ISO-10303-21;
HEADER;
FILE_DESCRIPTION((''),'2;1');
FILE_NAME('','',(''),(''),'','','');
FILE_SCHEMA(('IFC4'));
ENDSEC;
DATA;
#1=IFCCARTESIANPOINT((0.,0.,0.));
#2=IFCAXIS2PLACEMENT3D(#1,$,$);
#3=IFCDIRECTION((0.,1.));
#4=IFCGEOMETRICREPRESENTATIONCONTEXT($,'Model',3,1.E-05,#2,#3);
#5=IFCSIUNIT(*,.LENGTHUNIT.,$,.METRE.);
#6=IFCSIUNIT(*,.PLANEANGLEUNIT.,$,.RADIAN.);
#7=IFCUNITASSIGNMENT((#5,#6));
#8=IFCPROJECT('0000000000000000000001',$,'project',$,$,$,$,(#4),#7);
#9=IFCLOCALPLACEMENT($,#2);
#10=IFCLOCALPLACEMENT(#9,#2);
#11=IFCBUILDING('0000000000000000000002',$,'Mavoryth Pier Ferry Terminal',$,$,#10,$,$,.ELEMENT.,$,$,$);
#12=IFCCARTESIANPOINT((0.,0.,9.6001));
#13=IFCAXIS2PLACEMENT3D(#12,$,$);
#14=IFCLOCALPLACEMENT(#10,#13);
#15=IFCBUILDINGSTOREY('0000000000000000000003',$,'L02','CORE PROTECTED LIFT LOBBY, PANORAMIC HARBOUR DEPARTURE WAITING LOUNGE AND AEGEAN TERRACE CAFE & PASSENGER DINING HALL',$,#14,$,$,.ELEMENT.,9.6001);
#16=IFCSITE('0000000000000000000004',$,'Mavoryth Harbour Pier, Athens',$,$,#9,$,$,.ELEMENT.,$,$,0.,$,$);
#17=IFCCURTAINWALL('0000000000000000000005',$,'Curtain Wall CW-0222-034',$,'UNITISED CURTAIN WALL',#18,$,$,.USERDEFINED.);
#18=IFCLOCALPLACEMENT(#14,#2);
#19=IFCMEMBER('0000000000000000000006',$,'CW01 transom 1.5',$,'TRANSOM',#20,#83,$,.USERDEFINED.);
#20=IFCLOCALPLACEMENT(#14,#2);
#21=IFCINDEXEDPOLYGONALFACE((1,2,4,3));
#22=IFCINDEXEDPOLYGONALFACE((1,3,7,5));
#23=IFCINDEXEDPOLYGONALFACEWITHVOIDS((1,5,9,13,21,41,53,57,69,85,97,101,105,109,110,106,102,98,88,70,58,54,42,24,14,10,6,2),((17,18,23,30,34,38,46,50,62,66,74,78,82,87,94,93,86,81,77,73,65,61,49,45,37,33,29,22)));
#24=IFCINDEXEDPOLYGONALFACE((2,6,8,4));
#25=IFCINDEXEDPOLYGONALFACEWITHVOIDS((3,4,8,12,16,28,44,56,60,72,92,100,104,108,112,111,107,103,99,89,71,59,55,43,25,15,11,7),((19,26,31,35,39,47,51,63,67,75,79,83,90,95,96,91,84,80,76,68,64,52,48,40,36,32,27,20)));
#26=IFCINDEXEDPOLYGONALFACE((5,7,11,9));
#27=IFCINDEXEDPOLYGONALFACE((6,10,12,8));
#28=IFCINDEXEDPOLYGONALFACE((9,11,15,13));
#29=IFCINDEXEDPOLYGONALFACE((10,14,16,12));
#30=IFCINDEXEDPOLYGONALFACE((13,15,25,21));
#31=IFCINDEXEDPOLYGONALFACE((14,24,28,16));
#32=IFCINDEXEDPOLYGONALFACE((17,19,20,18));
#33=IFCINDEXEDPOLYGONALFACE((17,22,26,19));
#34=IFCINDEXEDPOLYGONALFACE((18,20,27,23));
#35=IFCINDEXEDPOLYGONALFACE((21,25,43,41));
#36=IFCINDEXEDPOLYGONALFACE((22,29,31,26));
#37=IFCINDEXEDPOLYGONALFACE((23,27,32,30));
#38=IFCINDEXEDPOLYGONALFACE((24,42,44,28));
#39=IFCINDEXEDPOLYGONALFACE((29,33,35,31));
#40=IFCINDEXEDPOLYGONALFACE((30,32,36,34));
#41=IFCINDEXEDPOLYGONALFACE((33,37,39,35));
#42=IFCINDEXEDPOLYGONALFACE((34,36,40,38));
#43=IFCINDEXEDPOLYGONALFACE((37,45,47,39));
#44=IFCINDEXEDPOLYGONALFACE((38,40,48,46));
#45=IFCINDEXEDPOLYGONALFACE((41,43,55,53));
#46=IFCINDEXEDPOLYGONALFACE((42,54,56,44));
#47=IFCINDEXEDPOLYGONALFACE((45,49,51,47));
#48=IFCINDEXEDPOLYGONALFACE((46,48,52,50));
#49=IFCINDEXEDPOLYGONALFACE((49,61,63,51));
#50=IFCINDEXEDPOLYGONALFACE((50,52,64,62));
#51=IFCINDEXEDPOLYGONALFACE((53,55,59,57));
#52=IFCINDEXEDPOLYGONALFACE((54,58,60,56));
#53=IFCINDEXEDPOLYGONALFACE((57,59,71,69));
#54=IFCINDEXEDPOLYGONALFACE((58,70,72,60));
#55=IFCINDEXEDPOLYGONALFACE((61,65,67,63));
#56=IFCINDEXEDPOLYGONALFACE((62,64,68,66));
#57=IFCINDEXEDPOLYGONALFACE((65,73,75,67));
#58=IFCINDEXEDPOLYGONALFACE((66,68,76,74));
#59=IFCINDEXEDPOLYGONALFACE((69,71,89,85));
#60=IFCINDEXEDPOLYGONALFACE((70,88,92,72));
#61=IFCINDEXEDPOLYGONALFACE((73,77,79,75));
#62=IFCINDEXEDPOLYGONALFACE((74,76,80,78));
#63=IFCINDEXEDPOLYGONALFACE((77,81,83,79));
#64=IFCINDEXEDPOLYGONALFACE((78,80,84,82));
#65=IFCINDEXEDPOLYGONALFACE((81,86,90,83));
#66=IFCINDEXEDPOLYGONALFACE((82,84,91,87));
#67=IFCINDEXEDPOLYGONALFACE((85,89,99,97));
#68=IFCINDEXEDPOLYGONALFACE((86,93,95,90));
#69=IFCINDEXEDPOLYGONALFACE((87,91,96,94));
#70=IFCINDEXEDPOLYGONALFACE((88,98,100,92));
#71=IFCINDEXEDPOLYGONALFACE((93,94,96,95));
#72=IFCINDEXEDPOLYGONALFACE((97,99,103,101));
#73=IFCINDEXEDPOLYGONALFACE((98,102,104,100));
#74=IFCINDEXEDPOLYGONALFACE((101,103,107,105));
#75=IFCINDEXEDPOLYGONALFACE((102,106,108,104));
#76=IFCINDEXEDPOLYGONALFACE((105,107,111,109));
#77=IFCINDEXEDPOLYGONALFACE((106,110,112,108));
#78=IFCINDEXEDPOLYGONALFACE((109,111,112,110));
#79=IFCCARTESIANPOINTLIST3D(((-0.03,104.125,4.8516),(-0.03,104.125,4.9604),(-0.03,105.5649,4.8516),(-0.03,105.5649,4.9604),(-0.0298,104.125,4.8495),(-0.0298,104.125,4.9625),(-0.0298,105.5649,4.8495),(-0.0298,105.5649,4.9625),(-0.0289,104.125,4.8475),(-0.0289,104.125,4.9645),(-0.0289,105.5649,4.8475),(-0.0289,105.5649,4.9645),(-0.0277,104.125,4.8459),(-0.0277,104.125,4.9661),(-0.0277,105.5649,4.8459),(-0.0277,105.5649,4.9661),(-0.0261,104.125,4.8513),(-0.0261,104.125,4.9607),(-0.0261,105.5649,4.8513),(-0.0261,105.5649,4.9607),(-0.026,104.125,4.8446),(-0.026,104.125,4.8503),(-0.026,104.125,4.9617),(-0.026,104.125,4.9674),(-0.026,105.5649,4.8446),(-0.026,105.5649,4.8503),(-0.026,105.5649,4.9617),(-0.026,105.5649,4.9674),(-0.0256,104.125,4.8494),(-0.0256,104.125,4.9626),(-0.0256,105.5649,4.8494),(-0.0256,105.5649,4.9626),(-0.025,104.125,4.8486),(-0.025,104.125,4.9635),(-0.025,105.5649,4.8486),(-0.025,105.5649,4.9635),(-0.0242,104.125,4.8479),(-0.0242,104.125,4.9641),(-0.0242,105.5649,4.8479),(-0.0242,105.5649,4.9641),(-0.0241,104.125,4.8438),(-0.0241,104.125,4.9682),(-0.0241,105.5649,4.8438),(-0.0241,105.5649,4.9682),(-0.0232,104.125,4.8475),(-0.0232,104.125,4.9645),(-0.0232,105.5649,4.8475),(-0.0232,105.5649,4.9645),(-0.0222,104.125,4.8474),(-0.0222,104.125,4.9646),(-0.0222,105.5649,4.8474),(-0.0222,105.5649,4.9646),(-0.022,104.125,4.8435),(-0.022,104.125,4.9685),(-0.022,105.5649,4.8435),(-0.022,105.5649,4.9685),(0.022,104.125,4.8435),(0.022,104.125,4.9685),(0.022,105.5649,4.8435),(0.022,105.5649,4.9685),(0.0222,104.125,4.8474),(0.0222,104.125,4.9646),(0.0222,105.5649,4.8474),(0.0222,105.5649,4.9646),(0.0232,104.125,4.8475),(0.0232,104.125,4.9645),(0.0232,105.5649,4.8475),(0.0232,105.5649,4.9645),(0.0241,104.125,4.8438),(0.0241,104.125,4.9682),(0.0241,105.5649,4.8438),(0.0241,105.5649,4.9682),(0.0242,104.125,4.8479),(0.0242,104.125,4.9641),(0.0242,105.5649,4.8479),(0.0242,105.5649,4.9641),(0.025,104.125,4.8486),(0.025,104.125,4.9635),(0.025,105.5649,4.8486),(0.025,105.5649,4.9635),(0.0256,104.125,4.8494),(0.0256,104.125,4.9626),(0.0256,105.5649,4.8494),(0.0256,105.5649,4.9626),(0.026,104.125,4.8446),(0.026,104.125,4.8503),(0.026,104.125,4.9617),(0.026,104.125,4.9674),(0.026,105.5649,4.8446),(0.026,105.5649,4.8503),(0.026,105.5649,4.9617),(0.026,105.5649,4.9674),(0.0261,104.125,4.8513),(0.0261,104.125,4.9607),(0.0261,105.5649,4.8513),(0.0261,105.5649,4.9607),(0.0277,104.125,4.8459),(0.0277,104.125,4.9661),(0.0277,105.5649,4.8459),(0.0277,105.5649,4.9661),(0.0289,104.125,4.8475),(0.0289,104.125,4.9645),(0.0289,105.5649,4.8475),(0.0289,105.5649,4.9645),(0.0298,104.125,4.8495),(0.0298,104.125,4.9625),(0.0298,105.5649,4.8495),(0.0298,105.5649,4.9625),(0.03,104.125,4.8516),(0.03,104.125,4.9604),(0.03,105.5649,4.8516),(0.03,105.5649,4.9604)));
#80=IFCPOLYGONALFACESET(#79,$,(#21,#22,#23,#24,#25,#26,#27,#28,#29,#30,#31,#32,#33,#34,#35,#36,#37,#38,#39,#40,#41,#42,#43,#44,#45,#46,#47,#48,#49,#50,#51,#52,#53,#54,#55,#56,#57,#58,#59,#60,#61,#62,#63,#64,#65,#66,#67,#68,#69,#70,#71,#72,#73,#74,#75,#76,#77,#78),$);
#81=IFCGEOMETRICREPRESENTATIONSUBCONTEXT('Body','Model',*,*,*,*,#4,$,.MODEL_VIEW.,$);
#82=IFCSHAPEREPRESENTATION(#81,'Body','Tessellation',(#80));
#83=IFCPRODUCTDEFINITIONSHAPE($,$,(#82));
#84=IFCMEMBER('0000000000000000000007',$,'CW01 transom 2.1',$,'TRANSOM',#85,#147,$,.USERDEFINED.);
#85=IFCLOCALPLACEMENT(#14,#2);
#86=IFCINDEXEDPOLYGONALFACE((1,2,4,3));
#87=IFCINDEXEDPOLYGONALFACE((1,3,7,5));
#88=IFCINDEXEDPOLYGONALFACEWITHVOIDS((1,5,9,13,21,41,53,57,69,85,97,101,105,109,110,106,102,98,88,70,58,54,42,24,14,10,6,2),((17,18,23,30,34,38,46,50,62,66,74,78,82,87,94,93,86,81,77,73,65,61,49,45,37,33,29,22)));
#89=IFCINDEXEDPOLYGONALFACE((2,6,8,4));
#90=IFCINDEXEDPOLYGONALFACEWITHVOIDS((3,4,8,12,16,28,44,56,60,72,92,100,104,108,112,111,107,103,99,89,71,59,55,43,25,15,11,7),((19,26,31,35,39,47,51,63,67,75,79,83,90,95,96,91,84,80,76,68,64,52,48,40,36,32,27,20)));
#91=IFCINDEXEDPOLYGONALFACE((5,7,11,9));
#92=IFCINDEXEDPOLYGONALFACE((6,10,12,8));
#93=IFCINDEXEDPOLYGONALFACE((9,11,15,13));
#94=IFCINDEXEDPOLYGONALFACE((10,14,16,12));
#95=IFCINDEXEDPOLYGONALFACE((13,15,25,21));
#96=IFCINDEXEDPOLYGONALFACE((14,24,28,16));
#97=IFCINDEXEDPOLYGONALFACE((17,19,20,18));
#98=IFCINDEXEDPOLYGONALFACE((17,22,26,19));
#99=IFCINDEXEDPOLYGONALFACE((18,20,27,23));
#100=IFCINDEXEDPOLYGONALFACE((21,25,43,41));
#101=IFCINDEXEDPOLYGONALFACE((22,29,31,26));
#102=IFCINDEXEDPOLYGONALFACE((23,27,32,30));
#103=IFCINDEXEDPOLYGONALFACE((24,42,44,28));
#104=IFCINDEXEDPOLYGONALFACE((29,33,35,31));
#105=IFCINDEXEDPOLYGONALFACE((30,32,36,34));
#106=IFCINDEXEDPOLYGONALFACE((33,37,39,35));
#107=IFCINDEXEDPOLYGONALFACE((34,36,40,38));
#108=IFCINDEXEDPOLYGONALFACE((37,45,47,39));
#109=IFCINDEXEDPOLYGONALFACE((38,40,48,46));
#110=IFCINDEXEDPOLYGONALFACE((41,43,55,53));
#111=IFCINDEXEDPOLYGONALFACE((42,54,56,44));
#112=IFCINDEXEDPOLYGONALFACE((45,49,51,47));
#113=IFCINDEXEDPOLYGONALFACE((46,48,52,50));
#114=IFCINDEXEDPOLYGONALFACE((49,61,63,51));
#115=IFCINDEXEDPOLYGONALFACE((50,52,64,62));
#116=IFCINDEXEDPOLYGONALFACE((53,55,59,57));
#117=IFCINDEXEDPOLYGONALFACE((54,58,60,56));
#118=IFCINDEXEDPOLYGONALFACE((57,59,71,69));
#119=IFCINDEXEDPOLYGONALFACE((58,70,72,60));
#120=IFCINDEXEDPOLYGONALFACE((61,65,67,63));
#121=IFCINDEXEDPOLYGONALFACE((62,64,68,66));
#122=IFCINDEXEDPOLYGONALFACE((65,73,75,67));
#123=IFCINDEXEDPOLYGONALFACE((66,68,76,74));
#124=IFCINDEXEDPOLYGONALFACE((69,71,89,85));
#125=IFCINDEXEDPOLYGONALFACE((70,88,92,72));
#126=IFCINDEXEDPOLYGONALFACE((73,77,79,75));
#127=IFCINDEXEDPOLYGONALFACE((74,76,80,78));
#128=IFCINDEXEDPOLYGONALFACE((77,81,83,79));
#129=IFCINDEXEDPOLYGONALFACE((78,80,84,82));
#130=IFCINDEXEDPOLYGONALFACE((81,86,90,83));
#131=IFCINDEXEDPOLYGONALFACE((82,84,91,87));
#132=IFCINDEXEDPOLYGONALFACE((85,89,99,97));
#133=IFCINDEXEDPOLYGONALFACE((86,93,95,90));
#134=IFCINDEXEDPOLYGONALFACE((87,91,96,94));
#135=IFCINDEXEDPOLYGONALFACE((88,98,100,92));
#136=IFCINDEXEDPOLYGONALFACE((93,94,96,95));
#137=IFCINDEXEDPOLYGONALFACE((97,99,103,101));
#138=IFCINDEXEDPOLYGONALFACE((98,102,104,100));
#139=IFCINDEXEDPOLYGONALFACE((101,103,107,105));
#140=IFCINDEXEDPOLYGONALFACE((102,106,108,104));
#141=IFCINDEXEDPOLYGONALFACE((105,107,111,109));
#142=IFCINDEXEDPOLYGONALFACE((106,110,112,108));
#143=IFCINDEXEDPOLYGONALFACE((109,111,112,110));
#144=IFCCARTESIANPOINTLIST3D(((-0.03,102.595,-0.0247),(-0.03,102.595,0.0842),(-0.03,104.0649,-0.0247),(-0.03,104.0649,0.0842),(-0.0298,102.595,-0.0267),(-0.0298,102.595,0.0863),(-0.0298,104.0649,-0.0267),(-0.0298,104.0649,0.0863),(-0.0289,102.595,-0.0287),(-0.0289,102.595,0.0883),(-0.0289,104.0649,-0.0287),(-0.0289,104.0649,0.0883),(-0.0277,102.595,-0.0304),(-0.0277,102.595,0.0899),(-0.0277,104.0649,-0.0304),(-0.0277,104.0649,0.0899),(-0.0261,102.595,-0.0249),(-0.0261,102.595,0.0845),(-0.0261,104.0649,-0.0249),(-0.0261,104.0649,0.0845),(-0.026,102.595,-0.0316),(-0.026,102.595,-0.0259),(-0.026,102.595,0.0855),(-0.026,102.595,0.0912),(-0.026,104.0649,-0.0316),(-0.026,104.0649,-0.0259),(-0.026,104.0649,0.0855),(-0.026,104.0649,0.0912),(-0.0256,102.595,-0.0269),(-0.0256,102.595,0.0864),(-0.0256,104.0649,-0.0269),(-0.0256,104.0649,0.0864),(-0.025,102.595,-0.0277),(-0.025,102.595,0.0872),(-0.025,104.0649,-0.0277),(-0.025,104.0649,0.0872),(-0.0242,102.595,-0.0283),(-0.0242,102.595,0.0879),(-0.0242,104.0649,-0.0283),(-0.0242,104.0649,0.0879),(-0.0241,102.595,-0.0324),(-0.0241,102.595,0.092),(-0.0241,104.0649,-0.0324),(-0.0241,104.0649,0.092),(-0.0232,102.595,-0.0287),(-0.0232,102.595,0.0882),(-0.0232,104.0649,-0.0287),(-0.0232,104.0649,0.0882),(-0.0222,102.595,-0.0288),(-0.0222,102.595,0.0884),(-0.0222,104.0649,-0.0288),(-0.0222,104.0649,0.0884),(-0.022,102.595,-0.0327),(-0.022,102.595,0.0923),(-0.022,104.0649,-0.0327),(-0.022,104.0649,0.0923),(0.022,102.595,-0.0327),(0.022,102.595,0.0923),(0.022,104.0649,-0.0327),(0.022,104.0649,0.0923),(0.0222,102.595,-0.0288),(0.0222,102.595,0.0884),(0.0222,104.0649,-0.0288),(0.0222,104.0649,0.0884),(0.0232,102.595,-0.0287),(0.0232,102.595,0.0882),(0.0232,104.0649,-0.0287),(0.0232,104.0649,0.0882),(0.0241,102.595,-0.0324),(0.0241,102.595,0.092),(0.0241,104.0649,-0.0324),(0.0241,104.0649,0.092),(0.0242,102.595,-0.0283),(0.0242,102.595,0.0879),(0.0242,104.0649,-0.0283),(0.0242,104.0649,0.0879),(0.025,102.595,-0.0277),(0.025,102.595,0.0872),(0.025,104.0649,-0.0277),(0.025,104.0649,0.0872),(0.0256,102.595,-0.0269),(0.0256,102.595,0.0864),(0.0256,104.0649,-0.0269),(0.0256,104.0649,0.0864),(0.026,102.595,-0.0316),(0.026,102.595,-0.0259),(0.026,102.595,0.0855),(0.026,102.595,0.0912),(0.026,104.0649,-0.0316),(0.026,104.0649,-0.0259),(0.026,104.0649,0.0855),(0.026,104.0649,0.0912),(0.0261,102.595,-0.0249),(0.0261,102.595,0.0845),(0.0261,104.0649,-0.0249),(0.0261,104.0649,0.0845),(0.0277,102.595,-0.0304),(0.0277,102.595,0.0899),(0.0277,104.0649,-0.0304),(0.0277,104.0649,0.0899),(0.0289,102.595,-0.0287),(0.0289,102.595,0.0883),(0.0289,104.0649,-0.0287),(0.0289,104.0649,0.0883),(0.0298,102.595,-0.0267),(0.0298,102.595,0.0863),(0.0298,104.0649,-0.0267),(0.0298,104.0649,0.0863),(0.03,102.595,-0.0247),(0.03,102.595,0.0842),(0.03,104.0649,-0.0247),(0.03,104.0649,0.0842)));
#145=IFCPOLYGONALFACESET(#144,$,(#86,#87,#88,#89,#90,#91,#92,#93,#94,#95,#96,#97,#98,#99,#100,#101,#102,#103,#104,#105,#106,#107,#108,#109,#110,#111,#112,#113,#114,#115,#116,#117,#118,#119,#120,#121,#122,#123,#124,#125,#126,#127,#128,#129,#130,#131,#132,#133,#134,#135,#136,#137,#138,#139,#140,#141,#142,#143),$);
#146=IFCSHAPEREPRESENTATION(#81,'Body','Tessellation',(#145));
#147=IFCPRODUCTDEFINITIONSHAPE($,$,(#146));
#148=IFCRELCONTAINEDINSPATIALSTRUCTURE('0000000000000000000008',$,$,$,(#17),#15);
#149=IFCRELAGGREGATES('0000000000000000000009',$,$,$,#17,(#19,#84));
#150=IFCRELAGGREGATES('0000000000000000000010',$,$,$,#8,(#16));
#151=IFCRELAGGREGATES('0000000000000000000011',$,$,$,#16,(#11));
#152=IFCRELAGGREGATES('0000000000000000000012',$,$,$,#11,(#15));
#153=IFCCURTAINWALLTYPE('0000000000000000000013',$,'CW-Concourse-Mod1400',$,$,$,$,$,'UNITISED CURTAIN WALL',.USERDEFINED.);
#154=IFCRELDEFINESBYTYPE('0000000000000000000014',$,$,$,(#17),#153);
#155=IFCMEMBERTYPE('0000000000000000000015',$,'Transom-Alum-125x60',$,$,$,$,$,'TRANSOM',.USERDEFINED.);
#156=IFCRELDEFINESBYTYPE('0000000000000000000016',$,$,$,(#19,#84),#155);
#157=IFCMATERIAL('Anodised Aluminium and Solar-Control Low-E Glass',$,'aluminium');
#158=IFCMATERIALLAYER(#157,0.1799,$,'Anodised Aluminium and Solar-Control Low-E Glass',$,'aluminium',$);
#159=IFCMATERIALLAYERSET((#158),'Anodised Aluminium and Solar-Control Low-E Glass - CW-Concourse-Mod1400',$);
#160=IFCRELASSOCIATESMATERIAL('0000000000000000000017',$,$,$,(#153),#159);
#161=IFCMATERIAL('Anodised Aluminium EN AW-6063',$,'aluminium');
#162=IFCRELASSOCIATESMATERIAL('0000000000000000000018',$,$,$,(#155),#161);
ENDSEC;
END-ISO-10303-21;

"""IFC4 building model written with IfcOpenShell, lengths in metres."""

from ifc_helpers import new_model, si_unit, direction, frame, origin, origin_2d, place, context, subcontext, project, spatial, hollow_rectangle, extrude, material, layer, layer_set, material_profile, profile_set, type_object, element, aggregate, save


model = new_model("IFC4")

# Units and contexts
model_context = context("Model", 3, precision=1e-05, world=origin(), true_north=direction((0.0, 1.0)))
body_context = subcontext(model_context, "Body", "Model", "MODEL_VIEW")
ifc_project = project(units=[si_unit("LENGTHUNIT", "METRE"), si_unit("PLANEANGLEUNIT", "RADIAN")], contexts=[model_context])

# Site, building, storey
site_placement = place(None, origin())
site = spatial("IfcSite", under=ifc_project, at=site_placement, Name="Mavoryth Harbour Pier, Athens", CompositionType="ELEMENT", RefElevation=0.0)
building_placement = place(site_placement, origin())
building = spatial("IfcBuilding", under=site, at=building_placement, Name="Mavoryth Pier Ferry Terminal", CompositionType="ELEMENT")
storey_placement = place(building_placement, frame((0.0, 0.0, 9.6001)))
storey = spatial("IfcBuildingStorey", under=building, at=storey_placement, Name="L02", Description="CORE PROTECTED LIFT LOBBY, PANORAMIC HARBOUR DEPARTURE WAITING LOUNGE AND AEGEAN TERRACE CAFE & PASSENGER DINING HALL", CompositionType="ELEMENT", Elevation=9.6001)

# Curtain wall
ifc_material_1 = material(Name="Anodised Aluminium and Solar-Control Low-E Glass", Category="aluminium")
ifc_layer_1 = layer(ifc_material_1, 0.1799, Name="Anodised Aluminium and Solar-Control Low-E Glass", Category="aluminium")
ifc_layer_set_1 = layer_set([ifc_layer_1], Name="Anodised Aluminium and Solar-Control Low-E Glass - CW-Concourse-Mod1400")
curtain_wall_type_1 = type_object("IfcCurtainWallType", Name="CW-Concourse-Mod1400", ElementType="UNITISED CURTAIN WALL", PredefinedType="USERDEFINED", material=ifc_layer_set_1)
curtain_wall_1_placement = place(storey_placement, origin())
curtain_wall_1 = element("IfcCurtainWall", 1, at=curtain_wall_1_placement, inside=storey, type_object=curtain_wall_type_1, Name="Curtain Wall CW-0222-034", ObjectType="UNITISED CURTAIN WALL", PredefinedType="USERDEFINED")
ifc_material_2 = material(Name="Anodised Aluminium EN AW-6063", Category="aluminium")

# Members
ifc_material_profile_1 = material_profile(ifc_material_2, hollow_rectangle(XDim=0.0601, YDim=0.125, WallThickness=0.0039, InnerFilletRadius=0.0039, OuterFilletRadius=0.0081, at=origin_2d()), Name="AL-TRAN 125x60x4", Category="aluminium")
ifc_profile_set_1 = profile_set([ifc_material_profile_1], Name="Anodised Aluminium EN AW-6063 - AL-TRAN 125x60x4")
member_type_1 = type_object("IfcMemberType", Name="Transom-Alum-125x60", ElementType="TRANSOM", PredefinedType="USERDEFINED", material=ifc_profile_set_1)
member_1_placement = place(storey_placement, frame((0.0, 105.5649, 4.906), z_axis=(0.0, -1.0, 0.0), x_axis=(1.0, 0.0, 0.0)))
member_1 = element("IfcMember", 2, at=member_1_placement, type_object=member_type_1, Name="CW01 transom 1.5", ObjectType="TRANSOM", PredefinedType="USERDEFINED", context=body_context, shape_type="SweptSolid", body=[
    extrude(hollow_rectangle(XDim=0.0601, YDim=0.125, WallThickness=0.0039, InnerFilletRadius=0.0039, OuterFilletRadius=0.0081, at=origin_2d()), origin(), (0.0, 0.0, 1.0), 1.4399),
])
member_2_placement = place(storey_placement, frame((0.0, 104.0649, 0.0298), z_axis=(0.0, -1.0, 0.0), x_axis=(1.0, 0.0, 0.0)))
member_2 = element("IfcMember", 3, at=member_2_placement, type_object=member_type_1, Name="CW01 transom 2.1", ObjectType="TRANSOM", PredefinedType="USERDEFINED", context=body_context, shape_type="SweptSolid", body=[
    extrude(hollow_rectangle(XDim=0.0601, YDim=0.125, WallThickness=0.0039, InnerFilletRadius=0.0039, OuterFilletRadius=0.0081, at=origin_2d()), origin(), (0.0, 0.0, 1.0), 1.47),
])

aggregate(curtain_wall_1, [member_1, member_2])

save(model, "model.ifc")
